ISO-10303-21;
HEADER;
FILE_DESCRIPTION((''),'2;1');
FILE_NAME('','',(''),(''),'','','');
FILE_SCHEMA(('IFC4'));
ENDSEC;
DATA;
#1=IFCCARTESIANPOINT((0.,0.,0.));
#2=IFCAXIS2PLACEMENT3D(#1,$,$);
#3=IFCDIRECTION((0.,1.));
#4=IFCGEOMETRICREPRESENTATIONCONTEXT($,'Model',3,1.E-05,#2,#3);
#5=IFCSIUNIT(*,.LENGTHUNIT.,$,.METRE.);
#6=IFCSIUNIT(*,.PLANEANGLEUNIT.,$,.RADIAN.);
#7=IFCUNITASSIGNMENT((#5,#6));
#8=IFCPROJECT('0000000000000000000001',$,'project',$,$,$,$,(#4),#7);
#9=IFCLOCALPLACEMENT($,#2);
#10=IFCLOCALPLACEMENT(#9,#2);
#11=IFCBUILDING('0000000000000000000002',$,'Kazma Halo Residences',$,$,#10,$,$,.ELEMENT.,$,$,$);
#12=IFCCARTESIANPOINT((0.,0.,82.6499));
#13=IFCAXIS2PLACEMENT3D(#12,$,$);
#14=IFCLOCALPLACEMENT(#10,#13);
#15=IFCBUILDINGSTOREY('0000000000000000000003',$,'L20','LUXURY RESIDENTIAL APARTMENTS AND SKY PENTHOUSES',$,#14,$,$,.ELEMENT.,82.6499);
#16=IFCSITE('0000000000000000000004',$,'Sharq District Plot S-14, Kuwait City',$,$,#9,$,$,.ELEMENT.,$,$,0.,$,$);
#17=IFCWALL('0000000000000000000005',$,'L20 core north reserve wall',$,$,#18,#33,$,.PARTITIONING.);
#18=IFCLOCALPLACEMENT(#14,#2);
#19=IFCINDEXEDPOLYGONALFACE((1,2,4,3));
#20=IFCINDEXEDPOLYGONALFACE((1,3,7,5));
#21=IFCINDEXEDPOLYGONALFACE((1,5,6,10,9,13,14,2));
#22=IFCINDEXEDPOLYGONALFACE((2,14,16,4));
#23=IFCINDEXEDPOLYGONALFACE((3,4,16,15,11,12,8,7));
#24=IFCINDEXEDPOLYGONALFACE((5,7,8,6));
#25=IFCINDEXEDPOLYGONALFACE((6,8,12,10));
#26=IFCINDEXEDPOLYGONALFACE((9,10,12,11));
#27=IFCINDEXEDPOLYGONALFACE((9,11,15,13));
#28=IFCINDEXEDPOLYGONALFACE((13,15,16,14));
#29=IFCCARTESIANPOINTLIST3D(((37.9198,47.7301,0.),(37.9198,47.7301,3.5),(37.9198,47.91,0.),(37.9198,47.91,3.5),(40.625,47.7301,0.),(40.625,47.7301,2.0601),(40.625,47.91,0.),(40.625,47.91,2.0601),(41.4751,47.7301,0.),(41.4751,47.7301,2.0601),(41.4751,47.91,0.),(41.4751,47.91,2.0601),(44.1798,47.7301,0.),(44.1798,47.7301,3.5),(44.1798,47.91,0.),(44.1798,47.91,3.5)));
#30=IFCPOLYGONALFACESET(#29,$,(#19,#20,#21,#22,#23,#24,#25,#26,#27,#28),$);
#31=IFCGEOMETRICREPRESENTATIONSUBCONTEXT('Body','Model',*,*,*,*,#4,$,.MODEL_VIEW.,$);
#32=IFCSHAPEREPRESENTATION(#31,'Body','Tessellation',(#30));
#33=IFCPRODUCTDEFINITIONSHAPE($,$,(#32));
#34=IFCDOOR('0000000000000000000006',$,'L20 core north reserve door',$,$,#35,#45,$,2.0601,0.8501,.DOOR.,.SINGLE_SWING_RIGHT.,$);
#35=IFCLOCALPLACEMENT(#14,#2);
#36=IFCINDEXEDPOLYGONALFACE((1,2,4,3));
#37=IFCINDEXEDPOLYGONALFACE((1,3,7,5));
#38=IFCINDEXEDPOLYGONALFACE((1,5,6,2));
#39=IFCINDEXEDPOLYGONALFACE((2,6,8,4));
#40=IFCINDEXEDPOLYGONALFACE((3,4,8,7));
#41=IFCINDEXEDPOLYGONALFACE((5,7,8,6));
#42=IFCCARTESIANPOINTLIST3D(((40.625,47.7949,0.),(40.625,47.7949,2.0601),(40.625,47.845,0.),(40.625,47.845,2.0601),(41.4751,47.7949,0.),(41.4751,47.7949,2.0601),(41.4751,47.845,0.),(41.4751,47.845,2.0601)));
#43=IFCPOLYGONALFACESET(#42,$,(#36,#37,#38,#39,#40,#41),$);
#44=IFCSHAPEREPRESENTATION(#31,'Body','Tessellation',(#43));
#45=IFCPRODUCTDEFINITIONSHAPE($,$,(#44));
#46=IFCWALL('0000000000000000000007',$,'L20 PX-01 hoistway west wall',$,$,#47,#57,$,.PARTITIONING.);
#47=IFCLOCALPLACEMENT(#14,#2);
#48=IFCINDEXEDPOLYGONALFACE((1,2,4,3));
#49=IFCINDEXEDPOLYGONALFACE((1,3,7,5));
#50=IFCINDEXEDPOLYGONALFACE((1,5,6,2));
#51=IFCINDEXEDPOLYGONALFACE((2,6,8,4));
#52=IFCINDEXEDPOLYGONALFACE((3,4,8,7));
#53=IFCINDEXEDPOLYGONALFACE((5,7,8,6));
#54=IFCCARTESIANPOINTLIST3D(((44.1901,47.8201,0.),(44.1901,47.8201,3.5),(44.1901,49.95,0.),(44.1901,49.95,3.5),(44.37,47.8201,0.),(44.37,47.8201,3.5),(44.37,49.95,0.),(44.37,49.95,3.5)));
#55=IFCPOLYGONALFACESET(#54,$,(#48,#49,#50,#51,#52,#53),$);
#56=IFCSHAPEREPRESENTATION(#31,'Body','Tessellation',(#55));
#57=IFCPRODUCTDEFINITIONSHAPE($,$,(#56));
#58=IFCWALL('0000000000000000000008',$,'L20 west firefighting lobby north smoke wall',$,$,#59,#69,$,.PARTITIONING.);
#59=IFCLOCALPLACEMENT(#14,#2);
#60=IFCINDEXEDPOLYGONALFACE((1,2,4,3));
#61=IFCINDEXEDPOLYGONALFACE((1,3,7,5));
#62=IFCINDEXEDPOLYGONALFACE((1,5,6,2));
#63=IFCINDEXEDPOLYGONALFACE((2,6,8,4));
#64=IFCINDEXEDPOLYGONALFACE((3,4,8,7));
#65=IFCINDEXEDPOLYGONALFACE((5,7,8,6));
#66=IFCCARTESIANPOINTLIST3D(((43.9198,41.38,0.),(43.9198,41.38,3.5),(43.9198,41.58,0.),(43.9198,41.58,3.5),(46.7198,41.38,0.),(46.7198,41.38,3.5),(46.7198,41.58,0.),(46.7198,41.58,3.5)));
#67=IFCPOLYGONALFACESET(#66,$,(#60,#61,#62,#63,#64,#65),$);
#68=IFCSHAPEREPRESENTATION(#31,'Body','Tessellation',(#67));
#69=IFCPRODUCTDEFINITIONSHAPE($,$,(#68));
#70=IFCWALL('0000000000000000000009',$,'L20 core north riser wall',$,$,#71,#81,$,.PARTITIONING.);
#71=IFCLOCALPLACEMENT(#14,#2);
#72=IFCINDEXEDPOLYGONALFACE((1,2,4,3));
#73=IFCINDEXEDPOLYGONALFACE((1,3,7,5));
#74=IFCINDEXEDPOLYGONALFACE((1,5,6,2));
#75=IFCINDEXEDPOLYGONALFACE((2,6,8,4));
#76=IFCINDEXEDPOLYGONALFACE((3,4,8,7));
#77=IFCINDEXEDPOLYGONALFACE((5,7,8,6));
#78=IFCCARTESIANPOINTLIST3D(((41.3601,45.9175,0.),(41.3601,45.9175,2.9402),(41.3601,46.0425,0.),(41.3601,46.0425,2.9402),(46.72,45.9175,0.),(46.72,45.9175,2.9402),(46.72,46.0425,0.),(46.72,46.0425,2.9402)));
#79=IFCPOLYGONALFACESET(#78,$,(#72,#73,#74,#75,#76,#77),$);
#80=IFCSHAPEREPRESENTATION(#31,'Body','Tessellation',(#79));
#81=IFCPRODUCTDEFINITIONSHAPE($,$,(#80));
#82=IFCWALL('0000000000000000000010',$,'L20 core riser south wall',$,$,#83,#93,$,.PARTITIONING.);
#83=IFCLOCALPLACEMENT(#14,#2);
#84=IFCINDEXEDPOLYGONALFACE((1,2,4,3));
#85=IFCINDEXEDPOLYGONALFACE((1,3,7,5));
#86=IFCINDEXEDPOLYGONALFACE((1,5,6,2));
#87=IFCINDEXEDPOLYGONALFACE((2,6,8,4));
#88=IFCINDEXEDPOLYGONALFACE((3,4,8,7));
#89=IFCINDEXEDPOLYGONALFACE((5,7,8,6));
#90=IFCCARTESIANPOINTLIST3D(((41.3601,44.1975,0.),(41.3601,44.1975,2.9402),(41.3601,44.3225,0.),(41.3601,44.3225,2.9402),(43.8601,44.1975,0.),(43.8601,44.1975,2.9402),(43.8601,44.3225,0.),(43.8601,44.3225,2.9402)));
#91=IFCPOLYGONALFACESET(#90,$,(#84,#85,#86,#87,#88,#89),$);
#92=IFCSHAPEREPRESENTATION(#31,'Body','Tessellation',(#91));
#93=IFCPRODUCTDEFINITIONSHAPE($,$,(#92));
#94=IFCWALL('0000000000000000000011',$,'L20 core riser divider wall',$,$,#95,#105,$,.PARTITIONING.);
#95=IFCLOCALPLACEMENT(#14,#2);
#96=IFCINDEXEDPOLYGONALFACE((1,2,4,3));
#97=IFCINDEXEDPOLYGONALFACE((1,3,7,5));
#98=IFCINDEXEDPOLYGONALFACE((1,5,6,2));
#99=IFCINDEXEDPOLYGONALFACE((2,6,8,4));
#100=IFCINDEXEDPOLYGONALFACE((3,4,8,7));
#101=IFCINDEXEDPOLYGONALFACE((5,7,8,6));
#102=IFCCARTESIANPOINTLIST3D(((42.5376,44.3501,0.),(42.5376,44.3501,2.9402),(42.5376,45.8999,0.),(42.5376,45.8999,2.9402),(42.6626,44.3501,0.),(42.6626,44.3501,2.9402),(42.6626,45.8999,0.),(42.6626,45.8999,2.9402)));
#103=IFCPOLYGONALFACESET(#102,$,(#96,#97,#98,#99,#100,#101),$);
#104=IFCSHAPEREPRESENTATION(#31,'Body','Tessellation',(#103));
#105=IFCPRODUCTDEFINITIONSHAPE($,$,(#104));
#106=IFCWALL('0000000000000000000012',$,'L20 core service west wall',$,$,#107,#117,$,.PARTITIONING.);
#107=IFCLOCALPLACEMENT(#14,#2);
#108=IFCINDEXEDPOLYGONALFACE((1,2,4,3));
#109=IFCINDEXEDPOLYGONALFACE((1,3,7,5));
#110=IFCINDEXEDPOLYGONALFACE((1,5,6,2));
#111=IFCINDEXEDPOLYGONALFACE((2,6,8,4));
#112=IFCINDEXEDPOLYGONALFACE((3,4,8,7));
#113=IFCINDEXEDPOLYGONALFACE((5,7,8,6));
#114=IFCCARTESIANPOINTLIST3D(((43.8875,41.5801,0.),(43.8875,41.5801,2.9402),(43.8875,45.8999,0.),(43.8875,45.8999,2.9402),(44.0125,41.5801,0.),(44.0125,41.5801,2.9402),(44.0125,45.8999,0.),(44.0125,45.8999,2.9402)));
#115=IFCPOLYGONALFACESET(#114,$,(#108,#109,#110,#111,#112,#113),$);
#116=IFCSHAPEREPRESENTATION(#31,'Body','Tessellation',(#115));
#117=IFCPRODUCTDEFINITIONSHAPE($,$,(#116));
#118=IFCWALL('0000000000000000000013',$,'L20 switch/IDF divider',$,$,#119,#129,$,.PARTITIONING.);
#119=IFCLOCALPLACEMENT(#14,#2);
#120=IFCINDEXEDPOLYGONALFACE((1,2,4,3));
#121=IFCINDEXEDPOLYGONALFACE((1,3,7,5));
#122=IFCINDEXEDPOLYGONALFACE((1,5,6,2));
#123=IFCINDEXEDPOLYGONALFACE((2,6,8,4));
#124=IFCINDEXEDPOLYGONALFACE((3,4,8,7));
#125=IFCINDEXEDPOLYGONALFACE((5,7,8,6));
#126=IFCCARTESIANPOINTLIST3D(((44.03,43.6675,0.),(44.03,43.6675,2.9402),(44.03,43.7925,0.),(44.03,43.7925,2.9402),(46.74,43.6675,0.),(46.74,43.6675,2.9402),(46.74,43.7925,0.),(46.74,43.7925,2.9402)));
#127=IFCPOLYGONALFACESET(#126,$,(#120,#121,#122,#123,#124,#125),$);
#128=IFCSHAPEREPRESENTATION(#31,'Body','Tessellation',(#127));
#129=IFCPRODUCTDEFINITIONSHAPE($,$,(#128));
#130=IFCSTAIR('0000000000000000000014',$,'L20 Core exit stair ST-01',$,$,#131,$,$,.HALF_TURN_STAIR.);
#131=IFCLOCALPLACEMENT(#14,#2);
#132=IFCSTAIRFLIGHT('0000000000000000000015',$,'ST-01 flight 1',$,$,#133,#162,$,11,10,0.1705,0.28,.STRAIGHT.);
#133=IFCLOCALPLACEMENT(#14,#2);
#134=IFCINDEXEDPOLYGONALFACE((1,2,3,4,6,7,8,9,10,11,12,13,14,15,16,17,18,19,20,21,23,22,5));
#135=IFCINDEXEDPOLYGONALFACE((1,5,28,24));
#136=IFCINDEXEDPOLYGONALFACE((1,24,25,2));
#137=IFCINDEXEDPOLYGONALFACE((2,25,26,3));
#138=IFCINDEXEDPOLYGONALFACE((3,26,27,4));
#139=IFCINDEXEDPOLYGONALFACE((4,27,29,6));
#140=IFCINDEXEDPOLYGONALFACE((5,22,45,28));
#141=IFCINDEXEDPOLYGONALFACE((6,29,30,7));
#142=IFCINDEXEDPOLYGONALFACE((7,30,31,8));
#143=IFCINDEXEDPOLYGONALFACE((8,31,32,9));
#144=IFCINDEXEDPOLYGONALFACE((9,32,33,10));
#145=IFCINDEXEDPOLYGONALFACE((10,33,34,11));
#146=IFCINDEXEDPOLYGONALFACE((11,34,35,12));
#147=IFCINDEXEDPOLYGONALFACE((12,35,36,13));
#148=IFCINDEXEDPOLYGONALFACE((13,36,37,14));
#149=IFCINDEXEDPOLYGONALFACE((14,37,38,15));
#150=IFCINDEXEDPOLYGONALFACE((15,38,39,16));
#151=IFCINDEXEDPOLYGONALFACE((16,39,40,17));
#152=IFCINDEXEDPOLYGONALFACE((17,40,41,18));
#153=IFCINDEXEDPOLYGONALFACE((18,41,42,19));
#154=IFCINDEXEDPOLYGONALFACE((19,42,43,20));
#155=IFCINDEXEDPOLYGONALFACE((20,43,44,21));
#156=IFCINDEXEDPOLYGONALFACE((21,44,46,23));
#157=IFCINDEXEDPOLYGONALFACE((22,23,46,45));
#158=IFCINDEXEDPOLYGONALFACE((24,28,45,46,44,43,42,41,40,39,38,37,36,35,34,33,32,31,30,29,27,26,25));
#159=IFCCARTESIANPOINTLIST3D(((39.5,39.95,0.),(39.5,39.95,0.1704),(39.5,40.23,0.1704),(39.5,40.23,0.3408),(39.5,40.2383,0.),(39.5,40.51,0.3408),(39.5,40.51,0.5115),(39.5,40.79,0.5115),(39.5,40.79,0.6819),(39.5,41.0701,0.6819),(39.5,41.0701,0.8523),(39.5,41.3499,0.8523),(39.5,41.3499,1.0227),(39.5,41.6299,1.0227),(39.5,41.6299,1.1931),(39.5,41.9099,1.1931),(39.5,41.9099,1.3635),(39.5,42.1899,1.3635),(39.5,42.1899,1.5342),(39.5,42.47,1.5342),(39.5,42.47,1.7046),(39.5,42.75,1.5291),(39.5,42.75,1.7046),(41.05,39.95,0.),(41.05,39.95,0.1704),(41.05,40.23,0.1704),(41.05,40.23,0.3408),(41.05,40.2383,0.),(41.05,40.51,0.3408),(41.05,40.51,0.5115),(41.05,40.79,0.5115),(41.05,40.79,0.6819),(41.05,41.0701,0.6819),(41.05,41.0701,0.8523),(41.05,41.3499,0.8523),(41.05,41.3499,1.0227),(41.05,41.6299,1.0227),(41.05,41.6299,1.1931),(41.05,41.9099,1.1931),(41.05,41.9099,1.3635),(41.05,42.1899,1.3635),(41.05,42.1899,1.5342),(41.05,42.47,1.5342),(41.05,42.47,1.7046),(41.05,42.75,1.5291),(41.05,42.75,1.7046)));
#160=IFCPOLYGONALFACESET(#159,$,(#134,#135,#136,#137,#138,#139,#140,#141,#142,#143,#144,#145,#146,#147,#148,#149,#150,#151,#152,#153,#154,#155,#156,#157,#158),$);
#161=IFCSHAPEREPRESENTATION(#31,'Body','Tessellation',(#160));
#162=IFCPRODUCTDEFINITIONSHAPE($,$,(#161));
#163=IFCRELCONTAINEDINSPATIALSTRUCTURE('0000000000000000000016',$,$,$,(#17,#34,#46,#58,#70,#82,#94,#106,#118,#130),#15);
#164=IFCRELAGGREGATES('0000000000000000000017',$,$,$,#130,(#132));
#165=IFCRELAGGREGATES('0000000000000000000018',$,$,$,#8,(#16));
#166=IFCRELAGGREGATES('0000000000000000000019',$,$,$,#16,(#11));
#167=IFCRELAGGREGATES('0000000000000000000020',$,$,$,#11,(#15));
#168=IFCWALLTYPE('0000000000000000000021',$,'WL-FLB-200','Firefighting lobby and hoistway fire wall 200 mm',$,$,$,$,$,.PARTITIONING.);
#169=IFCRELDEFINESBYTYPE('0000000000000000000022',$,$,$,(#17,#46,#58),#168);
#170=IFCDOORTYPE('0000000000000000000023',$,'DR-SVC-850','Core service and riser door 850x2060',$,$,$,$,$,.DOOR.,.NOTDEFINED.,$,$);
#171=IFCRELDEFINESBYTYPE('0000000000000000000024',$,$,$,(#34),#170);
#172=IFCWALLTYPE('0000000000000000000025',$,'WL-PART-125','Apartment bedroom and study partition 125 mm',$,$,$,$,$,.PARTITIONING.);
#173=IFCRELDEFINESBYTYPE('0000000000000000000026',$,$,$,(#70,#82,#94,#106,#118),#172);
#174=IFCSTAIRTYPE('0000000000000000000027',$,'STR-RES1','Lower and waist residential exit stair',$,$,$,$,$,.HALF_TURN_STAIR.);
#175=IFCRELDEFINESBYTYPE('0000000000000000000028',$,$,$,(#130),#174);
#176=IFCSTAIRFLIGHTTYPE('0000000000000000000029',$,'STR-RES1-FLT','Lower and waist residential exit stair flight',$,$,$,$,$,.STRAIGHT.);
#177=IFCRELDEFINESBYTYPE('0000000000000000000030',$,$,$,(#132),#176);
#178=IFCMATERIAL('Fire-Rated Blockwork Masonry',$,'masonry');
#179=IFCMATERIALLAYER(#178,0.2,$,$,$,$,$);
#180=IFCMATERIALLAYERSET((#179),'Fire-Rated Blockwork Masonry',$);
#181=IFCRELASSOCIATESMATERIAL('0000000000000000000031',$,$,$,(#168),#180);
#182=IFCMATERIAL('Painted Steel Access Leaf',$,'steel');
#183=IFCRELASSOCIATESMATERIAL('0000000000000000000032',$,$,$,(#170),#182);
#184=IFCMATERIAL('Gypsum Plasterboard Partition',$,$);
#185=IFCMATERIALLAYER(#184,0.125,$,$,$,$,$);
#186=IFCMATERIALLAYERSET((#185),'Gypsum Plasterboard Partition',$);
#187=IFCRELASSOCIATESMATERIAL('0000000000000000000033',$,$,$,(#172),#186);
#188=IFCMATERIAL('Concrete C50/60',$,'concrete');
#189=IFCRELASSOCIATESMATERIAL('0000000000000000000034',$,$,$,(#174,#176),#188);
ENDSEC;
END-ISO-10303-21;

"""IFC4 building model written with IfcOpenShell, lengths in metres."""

from ifc_helpers import new_model, si_unit, direction, frame, frame_2d, origin, place, context, subcontext, project, spatial, polyline, rectangle, outline, extrude, material, layer, layer_set, type_object, element, fill, aggregate, save


model = new_model("IFC4")

# Units and contexts
model_context = context("Model", 3, precision=1e-05, world=origin(), true_north=direction((0.0, 1.0)))
body_context = subcontext(model_context, "Body", "Model", "MODEL_VIEW")
ifc_project = project(units=[si_unit("LENGTHUNIT", "METRE"), si_unit("PLANEANGLEUNIT", "RADIAN")], contexts=[model_context])

# Site, building, storey
site_placement = place(None, origin())
site = spatial("IfcSite", under=ifc_project, at=site_placement, Name="Sharq District Plot S-14, Kuwait City", CompositionType="ELEMENT", RefElevation=0.0)
building_placement = place(site_placement, origin())
building = spatial("IfcBuilding", under=site, at=building_placement, Name="Kazma Halo Residences", CompositionType="ELEMENT")
storey_placement = place(building_placement, frame((0.0, 0.0, 82.6499)))
storey = spatial("IfcBuildingStorey", under=building, at=storey_placement, Name="L20", Description="LUXURY RESIDENTIAL APARTMENTS AND SKY PENTHOUSES", CompositionType="ELEMENT", Elevation=82.6499)

# Shared definitions
ifc_material_1 = material(Name="Fire-Rated Blockwork Masonry", Category="masonry")
ifc_layer_1 = layer(ifc_material_1, 0.2)
ifc_layer_set_1 = layer_set([ifc_layer_1], Name="Fire-Rated Blockwork Masonry")
wall_type_1 = type_object("IfcWallType", Name="WL-FLB-200", Description="Firefighting lobby and hoistway fire wall 200 mm", PredefinedType="PARTITIONING", material=ifc_layer_set_1)

# Wall, opening, door
wall_1_placement = place(storey_placement, frame((37.9199, 47.8201, 0.0), z_axis=(0.0, 0.0, 1.0), x_axis=(1.0, 0.0, 0.0)))
wall_1 = element("IfcWall", 1, at=wall_1_placement, inside=storey, type_object=wall_type_1, Name="L20 core north reserve wall", PredefinedType="PARTITIONING", context=body_context, shape_type="SweptSolid", body=[
    extrude(rectangle(XDim=6.26, YDim=0.1799, at=frame_2d((3.1299, 0.0))), origin(), (0.0, 0.0, 1.0), 3.5),
])
opening_1_placement = place(wall_1_placement, frame((2.7051, 0.0, 0.0)))
opening_1 = element("IfcOpeningElement", 2, at=opening_1_placement, cuts=wall_1, PredefinedType="OPENING", context=body_context, shape_type="SweptSolid", body=[
    extrude(rectangle(XDim=0.8501, YDim=2.0601, at=frame_2d((0.425, 1.03))), frame((0.0, 0.0999, 0.0), z_axis=(0.0, -1.0, 0.0), x_axis=(1.0, 0.0, 0.0)), (0.0, 0.0, 1.0), 0.2),
])
ifc_material_2 = material(Name="Painted Steel Access Leaf", Category="steel")
door_type_1 = type_object("IfcDoorType", Name="DR-SVC-850", Description="Core service and riser door 850x2060", OperationType="NOTDEFINED", PredefinedType="DOOR", material=ifc_material_2)
door_1_placement = place(opening_1_placement, origin())
door_1 = element("IfcDoor", 3, at=door_1_placement, inside=storey, type_object=door_type_1, Name="L20 core north reserve door", OperationType="SINGLE_SWING_RIGHT", OverallHeight=2.0601, OverallWidth=0.8501, PredefinedType="DOOR", context=body_context, shape_type="SweptSolid", body=[
    extrude(rectangle(XDim=0.8501, YDim=2.0601, at=frame_2d((0.425, 1.03))), frame((0.0, 0.0249, 0.0), z_axis=(0.0, -1.0, 0.0), x_axis=(1.0, 0.0, 0.0)), (0.0, 0.0, 1.0), 0.05),
])
fill(opening_1, door_1)

# Walls
wall_2_placement = place(storey_placement, frame((44.28, 47.8201, 0.0), z_axis=(0.0, 0.0, 1.0), x_axis=(0.0, 1.0, 0.0)))
element("IfcWall", 4, at=wall_2_placement, inside=storey, type_object=wall_type_1, Name="L20 PX-01 hoistway west wall", PredefinedType="PARTITIONING", context=body_context, shape_type="SweptSolid", body=[
    extrude(rectangle(XDim=2.1299, YDim=0.1799, at=frame_2d((1.0649, 0.0))), origin(), (0.0, 0.0, 1.0), 3.5),
])
wall_3_placement = place(storey_placement, frame((43.9199, 41.48, 0.0), z_axis=(0.0, 0.0, 1.0), x_axis=(1.0, 0.0, 0.0)))
element("IfcWall", 5, at=wall_3_placement, inside=storey, type_object=wall_type_1, Name="L20 west firefighting lobby north smoke wall", PredefinedType="PARTITIONING", context=body_context, shape_type="SweptSolid", body=[
    extrude(rectangle(XDim=2.8, YDim=0.2, at=frame_2d((1.3999, 0.0))), origin(), (0.0, 0.0, 1.0), 3.5),
])
ifc_material_3 = material(Name="Gypsum Plasterboard Partition")
ifc_layer_2 = layer(ifc_material_3, 0.125)
ifc_layer_set_2 = layer_set([ifc_layer_2], Name="Gypsum Plasterboard Partition")
wall_type_2 = type_object("IfcWallType", Name="WL-PART-125", Description="Apartment bedroom and study partition 125 mm", PredefinedType="PARTITIONING", material=ifc_layer_set_2)
wall_4_placement = place(storey_placement, frame((41.3601, 45.98, 0.0), z_axis=(0.0, 0.0, 1.0), x_axis=(1.0, 0.0, 0.0)))
element("IfcWall", 6, at=wall_4_placement, inside=storey, type_object=wall_type_2, Name="L20 core north riser wall", PredefinedType="PARTITIONING", context=body_context, shape_type="SweptSolid", body=[
    extrude(rectangle(XDim=5.3599, YDim=0.125, at=frame_2d((2.6799, 0.0))), origin(), (0.0, 0.0, 1.0), 2.9402),
])
wall_5_placement = place(storey_placement, frame((41.3601, 44.26, 0.0), z_axis=(0.0, 0.0, 1.0), x_axis=(1.0, 0.0, 0.0)))
element("IfcWall", 7, at=wall_5_placement, inside=storey, type_object=wall_type_2, Name="L20 core riser south wall", PredefinedType="PARTITIONING", context=body_context, shape_type="SweptSolid", body=[
    extrude(rectangle(XDim=2.5, YDim=0.125, at=frame_2d((1.25, 0.0))), origin(), (0.0, 0.0, 1.0), 2.9402),
])
wall_6_placement = place(storey_placement, frame((42.6001, 44.3501, 0.0), z_axis=(0.0, 0.0, 1.0), x_axis=(0.0, 1.0, 0.0)))
element("IfcWall", 8, at=wall_6_placement, inside=storey, type_object=wall_type_2, Name="L20 core riser divider wall", PredefinedType="PARTITIONING", context=body_context, shape_type="SweptSolid", body=[
    extrude(rectangle(XDim=1.5498, YDim=0.125, at=frame_2d((0.7749, 0.0))), origin(), (0.0, 0.0, 1.0), 2.9402),
])
wall_7_placement = place(storey_placement, frame((43.95, 41.5801, 0.0), z_axis=(0.0, 0.0, 1.0), x_axis=(0.0, 1.0, 0.0)))
element("IfcWall", 9, at=wall_7_placement, inside=storey, type_object=wall_type_2, Name="L20 core service west wall", PredefinedType="PARTITIONING", context=body_context, shape_type="SweptSolid", body=[
    extrude(rectangle(XDim=4.3198, YDim=0.125, at=frame_2d((2.1599, 0.0))), origin(), (0.0, 0.0, 1.0), 2.9402),
])
wall_8_placement = place(storey_placement, frame((44.03, 43.73, 0.0), z_axis=(0.0, 0.0, 1.0), x_axis=(1.0, 0.0, 0.0)))
element("IfcWall", 10, at=wall_8_placement, inside=storey, type_object=wall_type_2, Name="L20 switch/IDF divider", PredefinedType="PARTITIONING", context=body_context, shape_type="SweptSolid", body=[
    extrude(rectangle(XDim=2.71, YDim=0.125, at=frame_2d((1.355, 0.0))), origin(), (0.0, 0.0, 1.0), 2.9402),
])

# Stair, stair flight
ifc_material_4 = material(Name="Concrete C50/60", Category="concrete")
stair_type = type_object("IfcStairType", Name="STR-RES1", Description="Lower and waist residential exit stair", PredefinedType="HALF_TURN_STAIR", material=ifc_material_4)
stair_placement = place(storey_placement, origin())
stair = element("IfcStair", 11, at=stair_placement, inside=storey, type_object=stair_type, Name="L20 Core exit stair ST-01", PredefinedType="HALF_TURN_STAIR")
stair_flight_type = type_object("IfcStairFlightType", Name="STR-RES1-FLT", Description="Lower and waist residential exit stair flight", PredefinedType="STRAIGHT", material=ifc_material_4)
stair_flight_1_placement = place(storey_placement, frame((40.2749, 39.95, 0.0), z_axis=(0.0, 0.0, 1.0), x_axis=(0.0, 1.0, 0.0)))
stair_flight_1 = element("IfcStairFlight", 12, at=stair_flight_1_placement, type_object=stair_flight_type, Name="ST-01 flight 1", NumberOfRisers=11, NumberOfTreads=10, PredefinedType="STRAIGHT", RiserHeight=0.1705, TreadLength=0.28, context=body_context, shape_type="SweptSolid", body=[
    extrude(outline(polyline([(0.0, 0.0), (0.0, 0.1704), (0.28, 0.1704), (0.28, 0.3408), (0.5601, 0.3408), (0.5601, 0.5115), (0.8401, 0.5115), (0.8401, 0.6819), (1.1201, 0.6819), (1.1201, 0.8523), (1.3999, 0.8523), (1.3999, 1.0227), (1.6799, 1.0227), (1.6799, 1.1931), (1.96, 1.1931), (1.96, 1.3635), (2.24, 1.3635), (2.24, 1.5342), (2.52, 1.5342), (2.52, 1.7046), (2.8, 1.7046), (2.8, 1.875), (2.8, 1.5291), (0.2883, 0.0), (0.0, 0.0)])), frame((0.0, 0.7749, 0.0), z_axis=(0.0, -1.0, 0.0), x_axis=(1.0, 0.0, 0.0)), (0.0, 0.0, 1.0), 1.55),
])
aggregate(stair, [stair_flight_1])

save(model, "model.ifc")
